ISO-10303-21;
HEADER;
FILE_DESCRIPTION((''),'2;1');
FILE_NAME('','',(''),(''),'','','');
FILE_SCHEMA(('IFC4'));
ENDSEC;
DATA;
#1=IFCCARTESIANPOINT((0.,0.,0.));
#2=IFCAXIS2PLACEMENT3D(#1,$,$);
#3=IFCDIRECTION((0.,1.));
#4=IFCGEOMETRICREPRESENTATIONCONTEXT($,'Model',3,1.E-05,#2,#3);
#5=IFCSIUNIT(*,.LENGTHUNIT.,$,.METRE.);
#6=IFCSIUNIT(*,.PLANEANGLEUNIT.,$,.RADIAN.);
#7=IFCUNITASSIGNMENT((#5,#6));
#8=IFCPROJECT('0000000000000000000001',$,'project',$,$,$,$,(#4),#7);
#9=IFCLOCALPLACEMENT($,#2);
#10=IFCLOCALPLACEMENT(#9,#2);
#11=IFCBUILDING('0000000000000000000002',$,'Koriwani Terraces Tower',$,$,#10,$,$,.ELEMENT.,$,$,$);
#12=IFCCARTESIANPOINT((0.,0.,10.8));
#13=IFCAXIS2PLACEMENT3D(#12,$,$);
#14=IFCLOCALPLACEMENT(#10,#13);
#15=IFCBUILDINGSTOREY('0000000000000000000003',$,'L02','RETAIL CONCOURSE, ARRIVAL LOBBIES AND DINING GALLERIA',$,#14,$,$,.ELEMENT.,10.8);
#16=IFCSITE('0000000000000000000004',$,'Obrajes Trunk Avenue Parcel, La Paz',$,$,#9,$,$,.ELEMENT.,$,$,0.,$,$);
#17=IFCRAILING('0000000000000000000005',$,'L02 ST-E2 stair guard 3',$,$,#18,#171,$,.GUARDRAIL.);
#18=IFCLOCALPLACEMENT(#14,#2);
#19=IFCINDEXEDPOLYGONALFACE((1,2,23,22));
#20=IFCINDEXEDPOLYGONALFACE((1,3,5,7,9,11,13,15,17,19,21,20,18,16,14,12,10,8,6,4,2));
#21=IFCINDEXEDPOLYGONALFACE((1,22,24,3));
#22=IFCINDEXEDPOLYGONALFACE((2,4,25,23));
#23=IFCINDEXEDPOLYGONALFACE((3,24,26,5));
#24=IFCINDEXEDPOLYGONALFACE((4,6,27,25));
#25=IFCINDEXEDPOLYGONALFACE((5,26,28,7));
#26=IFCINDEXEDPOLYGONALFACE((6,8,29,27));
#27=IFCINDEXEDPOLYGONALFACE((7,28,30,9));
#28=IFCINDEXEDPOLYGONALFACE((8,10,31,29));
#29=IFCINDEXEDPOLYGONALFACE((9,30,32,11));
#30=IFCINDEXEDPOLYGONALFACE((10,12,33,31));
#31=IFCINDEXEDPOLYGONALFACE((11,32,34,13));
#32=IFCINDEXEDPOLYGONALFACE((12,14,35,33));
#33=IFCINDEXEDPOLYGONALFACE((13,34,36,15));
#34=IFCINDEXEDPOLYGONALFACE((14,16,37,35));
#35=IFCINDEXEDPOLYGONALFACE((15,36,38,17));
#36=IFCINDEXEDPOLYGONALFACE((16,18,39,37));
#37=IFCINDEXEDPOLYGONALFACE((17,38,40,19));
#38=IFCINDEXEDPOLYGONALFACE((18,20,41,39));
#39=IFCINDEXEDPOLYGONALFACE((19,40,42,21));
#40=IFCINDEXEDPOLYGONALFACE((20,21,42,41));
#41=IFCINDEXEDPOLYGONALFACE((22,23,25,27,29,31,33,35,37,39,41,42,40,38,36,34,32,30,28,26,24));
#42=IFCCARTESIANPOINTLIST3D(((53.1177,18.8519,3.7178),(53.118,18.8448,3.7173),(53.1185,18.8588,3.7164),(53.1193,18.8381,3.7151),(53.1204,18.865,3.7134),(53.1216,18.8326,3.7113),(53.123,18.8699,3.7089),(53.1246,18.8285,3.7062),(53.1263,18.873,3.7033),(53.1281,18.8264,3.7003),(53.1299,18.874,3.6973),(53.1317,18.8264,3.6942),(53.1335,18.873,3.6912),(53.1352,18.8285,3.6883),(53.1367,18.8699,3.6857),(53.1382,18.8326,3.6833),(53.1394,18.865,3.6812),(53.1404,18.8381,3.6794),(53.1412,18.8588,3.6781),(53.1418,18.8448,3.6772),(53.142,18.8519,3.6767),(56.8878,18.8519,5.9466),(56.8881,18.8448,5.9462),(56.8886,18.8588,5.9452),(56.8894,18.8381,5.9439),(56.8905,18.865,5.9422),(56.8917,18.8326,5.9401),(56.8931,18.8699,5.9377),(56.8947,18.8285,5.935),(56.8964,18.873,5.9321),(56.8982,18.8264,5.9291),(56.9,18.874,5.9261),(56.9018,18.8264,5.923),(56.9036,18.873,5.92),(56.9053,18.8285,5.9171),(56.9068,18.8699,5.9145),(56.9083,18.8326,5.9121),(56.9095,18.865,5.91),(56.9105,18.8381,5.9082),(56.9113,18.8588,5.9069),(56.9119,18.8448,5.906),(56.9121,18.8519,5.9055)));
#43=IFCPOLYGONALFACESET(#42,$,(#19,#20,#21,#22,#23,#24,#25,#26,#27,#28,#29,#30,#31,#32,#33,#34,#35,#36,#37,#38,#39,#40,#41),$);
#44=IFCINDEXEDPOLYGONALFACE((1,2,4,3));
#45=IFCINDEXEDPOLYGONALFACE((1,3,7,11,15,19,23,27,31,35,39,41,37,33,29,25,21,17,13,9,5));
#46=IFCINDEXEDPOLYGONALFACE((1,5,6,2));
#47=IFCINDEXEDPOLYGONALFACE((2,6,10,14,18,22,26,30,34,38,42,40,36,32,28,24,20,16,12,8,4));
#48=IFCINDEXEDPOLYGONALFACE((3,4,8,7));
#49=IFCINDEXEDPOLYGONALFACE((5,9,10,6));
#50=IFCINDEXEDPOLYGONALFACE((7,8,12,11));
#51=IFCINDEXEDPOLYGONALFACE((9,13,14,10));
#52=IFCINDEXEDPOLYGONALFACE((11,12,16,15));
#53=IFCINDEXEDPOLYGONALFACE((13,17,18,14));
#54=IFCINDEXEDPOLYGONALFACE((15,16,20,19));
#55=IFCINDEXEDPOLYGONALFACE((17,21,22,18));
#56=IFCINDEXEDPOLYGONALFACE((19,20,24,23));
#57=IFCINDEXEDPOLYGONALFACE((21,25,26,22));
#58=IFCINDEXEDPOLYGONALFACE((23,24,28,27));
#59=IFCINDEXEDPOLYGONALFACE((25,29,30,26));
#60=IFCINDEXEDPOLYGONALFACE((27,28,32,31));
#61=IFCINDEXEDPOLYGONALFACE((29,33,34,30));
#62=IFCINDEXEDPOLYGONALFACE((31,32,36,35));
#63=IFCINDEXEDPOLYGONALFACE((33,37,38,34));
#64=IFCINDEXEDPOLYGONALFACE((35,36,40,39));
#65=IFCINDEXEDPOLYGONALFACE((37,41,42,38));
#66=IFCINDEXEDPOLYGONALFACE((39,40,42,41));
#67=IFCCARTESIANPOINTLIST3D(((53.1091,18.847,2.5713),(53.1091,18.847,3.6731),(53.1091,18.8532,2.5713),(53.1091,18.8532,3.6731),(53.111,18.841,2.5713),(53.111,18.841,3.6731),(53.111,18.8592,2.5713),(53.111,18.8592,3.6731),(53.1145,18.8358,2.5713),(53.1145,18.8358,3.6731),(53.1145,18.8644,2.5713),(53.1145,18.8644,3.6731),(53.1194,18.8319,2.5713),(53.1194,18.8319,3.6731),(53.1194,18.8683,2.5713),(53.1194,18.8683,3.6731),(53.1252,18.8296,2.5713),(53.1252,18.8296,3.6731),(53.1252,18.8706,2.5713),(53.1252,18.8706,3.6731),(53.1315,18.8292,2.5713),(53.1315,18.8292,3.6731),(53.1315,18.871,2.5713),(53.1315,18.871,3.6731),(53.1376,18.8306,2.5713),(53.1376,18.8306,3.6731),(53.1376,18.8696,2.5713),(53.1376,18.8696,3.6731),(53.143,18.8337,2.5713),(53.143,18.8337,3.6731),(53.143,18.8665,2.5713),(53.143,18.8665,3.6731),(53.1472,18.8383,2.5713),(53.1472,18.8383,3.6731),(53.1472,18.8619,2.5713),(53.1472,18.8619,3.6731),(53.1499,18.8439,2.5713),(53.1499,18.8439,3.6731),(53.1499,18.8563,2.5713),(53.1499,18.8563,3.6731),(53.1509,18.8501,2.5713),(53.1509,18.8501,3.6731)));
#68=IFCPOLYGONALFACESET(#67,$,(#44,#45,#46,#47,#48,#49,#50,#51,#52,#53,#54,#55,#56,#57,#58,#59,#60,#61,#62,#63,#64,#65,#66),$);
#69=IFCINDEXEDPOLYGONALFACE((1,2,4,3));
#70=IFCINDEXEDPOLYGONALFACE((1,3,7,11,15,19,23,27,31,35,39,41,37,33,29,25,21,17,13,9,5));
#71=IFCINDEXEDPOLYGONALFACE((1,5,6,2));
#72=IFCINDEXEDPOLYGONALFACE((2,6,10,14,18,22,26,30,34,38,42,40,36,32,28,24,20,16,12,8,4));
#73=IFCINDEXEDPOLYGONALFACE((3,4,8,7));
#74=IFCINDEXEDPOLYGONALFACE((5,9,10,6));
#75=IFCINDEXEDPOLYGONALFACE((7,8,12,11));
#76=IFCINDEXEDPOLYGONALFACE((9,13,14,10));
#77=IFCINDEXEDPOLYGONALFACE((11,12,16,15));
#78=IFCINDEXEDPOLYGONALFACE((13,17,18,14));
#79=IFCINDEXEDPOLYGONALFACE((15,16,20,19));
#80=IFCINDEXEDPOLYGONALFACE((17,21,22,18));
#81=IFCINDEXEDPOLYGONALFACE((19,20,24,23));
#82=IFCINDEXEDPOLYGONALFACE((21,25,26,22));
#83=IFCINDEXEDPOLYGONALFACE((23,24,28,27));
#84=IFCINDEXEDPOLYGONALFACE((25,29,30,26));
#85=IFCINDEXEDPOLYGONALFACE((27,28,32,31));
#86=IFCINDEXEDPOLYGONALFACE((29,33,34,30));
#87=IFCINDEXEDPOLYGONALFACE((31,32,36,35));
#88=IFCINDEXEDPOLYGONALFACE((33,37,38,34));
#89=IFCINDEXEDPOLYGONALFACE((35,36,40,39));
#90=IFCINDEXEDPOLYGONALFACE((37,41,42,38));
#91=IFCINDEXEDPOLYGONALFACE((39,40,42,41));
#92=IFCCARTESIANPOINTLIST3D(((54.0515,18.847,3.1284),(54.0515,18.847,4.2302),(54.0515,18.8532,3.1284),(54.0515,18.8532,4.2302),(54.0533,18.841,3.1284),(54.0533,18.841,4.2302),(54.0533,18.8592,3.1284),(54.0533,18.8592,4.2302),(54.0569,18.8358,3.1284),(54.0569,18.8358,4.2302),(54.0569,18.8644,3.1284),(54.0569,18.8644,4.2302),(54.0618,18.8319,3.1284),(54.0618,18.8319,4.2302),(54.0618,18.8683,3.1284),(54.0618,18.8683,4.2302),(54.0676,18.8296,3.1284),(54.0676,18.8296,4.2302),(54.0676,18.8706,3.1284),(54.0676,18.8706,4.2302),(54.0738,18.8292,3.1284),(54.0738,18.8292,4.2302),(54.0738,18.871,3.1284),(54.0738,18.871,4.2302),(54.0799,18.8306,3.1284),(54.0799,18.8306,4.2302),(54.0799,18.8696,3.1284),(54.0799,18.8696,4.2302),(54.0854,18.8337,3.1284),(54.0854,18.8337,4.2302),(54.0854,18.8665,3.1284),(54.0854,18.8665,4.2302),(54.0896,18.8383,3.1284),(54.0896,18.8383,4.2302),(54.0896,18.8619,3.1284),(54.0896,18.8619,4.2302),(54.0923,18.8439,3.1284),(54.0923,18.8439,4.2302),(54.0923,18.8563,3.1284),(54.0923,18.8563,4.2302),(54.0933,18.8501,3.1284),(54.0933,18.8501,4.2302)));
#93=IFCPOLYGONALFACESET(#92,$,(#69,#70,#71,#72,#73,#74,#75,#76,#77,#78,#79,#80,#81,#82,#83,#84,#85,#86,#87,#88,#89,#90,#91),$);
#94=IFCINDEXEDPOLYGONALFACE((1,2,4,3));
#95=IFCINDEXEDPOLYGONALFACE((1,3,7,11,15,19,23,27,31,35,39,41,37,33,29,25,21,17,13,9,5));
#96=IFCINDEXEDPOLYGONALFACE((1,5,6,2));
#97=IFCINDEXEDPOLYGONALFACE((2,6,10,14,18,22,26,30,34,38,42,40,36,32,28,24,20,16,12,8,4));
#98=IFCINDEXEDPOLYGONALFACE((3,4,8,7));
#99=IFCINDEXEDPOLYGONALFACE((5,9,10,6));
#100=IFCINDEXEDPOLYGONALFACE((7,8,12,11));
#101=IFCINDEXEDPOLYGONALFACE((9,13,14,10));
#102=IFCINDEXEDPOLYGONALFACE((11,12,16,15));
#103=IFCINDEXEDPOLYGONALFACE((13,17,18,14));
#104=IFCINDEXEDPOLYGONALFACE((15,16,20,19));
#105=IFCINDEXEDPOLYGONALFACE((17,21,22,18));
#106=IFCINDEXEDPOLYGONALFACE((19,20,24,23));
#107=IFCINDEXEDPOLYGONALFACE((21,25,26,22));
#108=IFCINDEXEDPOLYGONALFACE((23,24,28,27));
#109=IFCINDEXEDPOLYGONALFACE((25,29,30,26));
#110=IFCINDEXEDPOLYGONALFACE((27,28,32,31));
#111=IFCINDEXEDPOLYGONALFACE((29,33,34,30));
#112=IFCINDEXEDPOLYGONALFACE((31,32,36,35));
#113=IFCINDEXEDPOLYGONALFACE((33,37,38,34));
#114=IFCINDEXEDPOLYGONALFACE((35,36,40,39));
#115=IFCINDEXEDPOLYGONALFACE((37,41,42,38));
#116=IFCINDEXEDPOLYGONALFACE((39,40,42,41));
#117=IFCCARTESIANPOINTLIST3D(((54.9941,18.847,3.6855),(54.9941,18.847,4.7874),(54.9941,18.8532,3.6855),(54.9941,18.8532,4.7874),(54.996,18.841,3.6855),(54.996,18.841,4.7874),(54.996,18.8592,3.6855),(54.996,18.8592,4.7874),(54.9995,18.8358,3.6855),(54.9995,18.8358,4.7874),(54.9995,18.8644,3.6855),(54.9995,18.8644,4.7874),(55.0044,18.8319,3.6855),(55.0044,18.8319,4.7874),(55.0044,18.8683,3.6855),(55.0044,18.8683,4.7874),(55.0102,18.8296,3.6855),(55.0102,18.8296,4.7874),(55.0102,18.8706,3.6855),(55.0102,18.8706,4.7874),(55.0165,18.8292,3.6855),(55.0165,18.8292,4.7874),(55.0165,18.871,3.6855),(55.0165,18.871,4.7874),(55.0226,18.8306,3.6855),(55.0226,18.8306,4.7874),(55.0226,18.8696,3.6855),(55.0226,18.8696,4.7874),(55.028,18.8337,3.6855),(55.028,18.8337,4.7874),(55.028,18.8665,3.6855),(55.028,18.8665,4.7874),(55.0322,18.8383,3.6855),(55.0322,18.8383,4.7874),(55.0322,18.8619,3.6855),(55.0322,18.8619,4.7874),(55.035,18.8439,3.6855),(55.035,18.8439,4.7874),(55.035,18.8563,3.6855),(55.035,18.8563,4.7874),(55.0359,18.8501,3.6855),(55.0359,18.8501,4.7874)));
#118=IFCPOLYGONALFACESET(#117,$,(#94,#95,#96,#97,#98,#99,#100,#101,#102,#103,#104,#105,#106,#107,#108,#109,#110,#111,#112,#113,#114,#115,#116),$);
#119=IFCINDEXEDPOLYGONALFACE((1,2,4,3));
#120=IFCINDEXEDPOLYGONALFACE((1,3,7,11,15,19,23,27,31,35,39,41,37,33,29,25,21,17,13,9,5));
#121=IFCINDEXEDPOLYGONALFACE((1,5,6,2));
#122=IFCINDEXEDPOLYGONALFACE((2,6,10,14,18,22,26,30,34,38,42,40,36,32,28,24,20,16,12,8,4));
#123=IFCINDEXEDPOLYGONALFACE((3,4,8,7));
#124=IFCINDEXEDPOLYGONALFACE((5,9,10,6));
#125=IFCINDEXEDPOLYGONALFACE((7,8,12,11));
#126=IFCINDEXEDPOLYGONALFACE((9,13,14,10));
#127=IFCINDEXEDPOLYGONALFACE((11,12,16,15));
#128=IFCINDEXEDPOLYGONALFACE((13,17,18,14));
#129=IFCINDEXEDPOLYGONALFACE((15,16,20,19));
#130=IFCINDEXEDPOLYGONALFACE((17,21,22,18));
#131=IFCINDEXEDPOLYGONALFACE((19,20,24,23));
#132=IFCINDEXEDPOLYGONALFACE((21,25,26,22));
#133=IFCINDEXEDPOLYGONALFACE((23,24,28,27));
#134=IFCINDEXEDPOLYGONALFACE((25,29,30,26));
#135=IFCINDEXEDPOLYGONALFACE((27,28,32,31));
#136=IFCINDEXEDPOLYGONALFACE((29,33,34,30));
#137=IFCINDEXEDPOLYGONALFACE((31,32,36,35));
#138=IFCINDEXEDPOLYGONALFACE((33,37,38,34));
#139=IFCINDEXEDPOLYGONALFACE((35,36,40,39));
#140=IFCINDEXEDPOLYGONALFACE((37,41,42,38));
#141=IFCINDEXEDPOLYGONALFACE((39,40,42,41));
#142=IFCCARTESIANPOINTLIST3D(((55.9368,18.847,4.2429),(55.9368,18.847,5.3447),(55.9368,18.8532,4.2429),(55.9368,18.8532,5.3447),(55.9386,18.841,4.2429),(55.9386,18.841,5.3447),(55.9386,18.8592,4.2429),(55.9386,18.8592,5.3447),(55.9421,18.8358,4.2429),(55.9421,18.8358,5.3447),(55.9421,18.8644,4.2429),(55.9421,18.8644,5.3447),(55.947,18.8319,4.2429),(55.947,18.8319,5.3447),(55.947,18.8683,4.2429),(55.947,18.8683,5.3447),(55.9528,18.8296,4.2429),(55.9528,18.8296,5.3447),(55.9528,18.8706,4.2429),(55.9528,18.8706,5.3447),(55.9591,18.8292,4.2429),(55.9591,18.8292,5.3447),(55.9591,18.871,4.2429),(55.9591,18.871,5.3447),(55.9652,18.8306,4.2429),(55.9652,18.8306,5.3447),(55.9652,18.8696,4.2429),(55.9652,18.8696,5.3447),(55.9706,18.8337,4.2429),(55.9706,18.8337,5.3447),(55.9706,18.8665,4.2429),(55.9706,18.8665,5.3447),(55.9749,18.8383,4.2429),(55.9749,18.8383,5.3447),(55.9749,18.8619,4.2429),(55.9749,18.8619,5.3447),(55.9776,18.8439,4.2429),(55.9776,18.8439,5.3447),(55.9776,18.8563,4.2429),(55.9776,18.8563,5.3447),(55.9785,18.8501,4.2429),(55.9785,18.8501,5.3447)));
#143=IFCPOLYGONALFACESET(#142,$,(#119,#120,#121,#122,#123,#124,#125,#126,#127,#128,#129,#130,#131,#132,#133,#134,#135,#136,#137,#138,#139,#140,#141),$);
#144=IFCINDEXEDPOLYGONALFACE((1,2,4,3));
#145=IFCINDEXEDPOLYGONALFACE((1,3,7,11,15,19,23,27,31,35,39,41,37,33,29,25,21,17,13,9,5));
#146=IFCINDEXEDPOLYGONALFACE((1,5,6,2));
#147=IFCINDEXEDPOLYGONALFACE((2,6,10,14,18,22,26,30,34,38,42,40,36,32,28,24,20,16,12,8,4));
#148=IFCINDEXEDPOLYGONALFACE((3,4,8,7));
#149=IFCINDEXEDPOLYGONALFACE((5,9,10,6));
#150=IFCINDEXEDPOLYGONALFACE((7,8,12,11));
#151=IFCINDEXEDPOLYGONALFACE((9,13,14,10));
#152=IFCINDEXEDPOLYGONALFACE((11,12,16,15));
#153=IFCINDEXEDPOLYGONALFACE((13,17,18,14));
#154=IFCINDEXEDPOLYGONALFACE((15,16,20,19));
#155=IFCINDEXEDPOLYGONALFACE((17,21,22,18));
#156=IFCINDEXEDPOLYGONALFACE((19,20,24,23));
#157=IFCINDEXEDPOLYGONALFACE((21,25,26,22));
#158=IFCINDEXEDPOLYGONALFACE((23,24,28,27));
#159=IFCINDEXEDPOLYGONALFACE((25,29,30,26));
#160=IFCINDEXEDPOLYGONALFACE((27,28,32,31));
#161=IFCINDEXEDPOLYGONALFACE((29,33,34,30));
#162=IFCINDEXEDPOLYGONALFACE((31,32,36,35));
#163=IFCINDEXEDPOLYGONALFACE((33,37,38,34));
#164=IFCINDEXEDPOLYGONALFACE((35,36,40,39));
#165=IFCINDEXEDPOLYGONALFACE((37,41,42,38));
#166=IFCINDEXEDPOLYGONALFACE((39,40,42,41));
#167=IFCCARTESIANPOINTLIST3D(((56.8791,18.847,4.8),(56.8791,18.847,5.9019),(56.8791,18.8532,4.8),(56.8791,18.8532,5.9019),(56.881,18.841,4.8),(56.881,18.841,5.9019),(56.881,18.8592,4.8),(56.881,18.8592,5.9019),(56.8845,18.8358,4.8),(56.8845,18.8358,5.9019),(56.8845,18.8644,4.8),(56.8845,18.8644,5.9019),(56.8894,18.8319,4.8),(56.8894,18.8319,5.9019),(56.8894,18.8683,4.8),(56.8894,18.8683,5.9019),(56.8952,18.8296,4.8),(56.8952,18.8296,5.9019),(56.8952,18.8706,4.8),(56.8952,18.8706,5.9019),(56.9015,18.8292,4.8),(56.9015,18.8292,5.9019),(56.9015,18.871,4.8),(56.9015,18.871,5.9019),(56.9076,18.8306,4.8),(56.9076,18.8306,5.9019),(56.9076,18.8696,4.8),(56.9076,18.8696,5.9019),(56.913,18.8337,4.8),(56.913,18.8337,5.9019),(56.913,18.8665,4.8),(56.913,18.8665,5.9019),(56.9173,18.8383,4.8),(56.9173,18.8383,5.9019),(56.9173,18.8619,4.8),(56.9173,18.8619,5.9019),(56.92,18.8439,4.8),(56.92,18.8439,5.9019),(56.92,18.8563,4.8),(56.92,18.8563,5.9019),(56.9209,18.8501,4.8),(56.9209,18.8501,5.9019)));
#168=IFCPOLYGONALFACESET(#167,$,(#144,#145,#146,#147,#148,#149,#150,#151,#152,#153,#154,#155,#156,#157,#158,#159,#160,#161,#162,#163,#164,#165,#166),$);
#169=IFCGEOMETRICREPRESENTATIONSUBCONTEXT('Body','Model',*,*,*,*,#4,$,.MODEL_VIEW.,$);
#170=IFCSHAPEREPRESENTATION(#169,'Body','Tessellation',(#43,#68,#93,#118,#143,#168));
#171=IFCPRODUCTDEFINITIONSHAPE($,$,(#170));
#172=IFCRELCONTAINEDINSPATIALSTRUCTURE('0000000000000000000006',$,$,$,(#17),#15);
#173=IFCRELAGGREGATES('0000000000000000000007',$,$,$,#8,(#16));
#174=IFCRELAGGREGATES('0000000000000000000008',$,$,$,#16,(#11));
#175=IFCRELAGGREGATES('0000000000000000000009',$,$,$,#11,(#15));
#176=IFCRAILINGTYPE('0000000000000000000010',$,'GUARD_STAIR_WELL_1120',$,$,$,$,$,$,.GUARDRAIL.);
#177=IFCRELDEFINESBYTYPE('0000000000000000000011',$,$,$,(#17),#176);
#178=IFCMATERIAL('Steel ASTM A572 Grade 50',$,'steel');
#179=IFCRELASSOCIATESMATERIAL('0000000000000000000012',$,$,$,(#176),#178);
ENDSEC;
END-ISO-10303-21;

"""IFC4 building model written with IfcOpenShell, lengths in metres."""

from ifc_helpers import new_model, si_unit, direction, frame, origin, origin_2d, place, context, subcontext, project, spatial, circle, extrude, material, type_object, element, save


model = new_model("IFC4")

# Units and contexts
model_context = context("Model", 3, precision=1e-05, world=origin(), true_north=direction((0.0, 1.0)))
body_context = subcontext(model_context, "Body", "Model", "MODEL_VIEW")
ifc_project = project(units=[si_unit("LENGTHUNIT", "METRE"), si_unit("PLANEANGLEUNIT", "RADIAN")], contexts=[model_context])

# Site, building, storey
site_placement = place(None, origin())
site = spatial("IfcSite", under=ifc_project, at=site_placement, Name="Obrajes Trunk Avenue Parcel, La Paz", CompositionType="ELEMENT", RefElevation=0.0)
building_placement = place(site_placement, origin())
building = spatial("IfcBuilding", under=site, at=building_placement, Name="Koriwani Terraces Tower", CompositionType="ELEMENT")
storey_placement = place(building_placement, frame((0.0, 0.0, 10.8)))
storey = spatial("IfcBuildingStorey", under=building, at=storey_placement, Name="L02", Description="RETAIL CONCOURSE, ARRIVAL LOBBIES AND DINING GALLERIA", CompositionType="ELEMENT", Elevation=10.8)

# Shared definitions
ifc_material_1 = material(Name="Steel ASTM A572 Grade 50", Category="steel")

# Railing
railing_type_1 = type_object("IfcRailingType", Name="GUARD_STAIR_WELL_1120", PredefinedType="GUARDRAIL", material=ifc_material_1)
railing_1_placement = place(storey_placement, frame((53.1299, 18.8501, 2.5713)))
element("IfcRailing", 1, at=railing_1_placement, inside=storey, type_object=railing_type_1, Name="L02 ST-E2 stair guard 3", PredefinedType="GUARDRAIL", context=body_context, shape_type="SweptSolid", body=[
    extrude(circle(Radius=0.0239, at=origin_2d()), frame((0.0, 0.0, 1.126), z_axis=(0.860824, 0.0, 0.508902), x_axis=(0.0, 1.0, 0.0)), (0.0, 0.0, 1.0), 4.3796),
    extrude(circle(Radius=0.021, at=origin_2d()), origin(), (0.0, 0.0, 1.0), 1.1018),
    extrude(circle(Radius=0.021, at=origin_2d()), frame((0.9424, 0.0, 0.5571)), (0.0, 0.0, 1.0), 1.1018),
    extrude(circle(Radius=0.021, at=origin_2d()), frame((1.885, 0.0, 1.1143)), (0.0, 0.0, 1.0), 1.1018),
    extrude(circle(Radius=0.021, at=origin_2d()), frame((2.8276, 0.0, 1.6716)), (0.0, 0.0, 1.0), 1.1018),
    extrude(circle(Radius=0.021, at=origin_2d()), frame((3.77, 0.0, 2.2288)), (0.0, 0.0, 1.0), 1.1018),
])

save(model, "model.ifc")
